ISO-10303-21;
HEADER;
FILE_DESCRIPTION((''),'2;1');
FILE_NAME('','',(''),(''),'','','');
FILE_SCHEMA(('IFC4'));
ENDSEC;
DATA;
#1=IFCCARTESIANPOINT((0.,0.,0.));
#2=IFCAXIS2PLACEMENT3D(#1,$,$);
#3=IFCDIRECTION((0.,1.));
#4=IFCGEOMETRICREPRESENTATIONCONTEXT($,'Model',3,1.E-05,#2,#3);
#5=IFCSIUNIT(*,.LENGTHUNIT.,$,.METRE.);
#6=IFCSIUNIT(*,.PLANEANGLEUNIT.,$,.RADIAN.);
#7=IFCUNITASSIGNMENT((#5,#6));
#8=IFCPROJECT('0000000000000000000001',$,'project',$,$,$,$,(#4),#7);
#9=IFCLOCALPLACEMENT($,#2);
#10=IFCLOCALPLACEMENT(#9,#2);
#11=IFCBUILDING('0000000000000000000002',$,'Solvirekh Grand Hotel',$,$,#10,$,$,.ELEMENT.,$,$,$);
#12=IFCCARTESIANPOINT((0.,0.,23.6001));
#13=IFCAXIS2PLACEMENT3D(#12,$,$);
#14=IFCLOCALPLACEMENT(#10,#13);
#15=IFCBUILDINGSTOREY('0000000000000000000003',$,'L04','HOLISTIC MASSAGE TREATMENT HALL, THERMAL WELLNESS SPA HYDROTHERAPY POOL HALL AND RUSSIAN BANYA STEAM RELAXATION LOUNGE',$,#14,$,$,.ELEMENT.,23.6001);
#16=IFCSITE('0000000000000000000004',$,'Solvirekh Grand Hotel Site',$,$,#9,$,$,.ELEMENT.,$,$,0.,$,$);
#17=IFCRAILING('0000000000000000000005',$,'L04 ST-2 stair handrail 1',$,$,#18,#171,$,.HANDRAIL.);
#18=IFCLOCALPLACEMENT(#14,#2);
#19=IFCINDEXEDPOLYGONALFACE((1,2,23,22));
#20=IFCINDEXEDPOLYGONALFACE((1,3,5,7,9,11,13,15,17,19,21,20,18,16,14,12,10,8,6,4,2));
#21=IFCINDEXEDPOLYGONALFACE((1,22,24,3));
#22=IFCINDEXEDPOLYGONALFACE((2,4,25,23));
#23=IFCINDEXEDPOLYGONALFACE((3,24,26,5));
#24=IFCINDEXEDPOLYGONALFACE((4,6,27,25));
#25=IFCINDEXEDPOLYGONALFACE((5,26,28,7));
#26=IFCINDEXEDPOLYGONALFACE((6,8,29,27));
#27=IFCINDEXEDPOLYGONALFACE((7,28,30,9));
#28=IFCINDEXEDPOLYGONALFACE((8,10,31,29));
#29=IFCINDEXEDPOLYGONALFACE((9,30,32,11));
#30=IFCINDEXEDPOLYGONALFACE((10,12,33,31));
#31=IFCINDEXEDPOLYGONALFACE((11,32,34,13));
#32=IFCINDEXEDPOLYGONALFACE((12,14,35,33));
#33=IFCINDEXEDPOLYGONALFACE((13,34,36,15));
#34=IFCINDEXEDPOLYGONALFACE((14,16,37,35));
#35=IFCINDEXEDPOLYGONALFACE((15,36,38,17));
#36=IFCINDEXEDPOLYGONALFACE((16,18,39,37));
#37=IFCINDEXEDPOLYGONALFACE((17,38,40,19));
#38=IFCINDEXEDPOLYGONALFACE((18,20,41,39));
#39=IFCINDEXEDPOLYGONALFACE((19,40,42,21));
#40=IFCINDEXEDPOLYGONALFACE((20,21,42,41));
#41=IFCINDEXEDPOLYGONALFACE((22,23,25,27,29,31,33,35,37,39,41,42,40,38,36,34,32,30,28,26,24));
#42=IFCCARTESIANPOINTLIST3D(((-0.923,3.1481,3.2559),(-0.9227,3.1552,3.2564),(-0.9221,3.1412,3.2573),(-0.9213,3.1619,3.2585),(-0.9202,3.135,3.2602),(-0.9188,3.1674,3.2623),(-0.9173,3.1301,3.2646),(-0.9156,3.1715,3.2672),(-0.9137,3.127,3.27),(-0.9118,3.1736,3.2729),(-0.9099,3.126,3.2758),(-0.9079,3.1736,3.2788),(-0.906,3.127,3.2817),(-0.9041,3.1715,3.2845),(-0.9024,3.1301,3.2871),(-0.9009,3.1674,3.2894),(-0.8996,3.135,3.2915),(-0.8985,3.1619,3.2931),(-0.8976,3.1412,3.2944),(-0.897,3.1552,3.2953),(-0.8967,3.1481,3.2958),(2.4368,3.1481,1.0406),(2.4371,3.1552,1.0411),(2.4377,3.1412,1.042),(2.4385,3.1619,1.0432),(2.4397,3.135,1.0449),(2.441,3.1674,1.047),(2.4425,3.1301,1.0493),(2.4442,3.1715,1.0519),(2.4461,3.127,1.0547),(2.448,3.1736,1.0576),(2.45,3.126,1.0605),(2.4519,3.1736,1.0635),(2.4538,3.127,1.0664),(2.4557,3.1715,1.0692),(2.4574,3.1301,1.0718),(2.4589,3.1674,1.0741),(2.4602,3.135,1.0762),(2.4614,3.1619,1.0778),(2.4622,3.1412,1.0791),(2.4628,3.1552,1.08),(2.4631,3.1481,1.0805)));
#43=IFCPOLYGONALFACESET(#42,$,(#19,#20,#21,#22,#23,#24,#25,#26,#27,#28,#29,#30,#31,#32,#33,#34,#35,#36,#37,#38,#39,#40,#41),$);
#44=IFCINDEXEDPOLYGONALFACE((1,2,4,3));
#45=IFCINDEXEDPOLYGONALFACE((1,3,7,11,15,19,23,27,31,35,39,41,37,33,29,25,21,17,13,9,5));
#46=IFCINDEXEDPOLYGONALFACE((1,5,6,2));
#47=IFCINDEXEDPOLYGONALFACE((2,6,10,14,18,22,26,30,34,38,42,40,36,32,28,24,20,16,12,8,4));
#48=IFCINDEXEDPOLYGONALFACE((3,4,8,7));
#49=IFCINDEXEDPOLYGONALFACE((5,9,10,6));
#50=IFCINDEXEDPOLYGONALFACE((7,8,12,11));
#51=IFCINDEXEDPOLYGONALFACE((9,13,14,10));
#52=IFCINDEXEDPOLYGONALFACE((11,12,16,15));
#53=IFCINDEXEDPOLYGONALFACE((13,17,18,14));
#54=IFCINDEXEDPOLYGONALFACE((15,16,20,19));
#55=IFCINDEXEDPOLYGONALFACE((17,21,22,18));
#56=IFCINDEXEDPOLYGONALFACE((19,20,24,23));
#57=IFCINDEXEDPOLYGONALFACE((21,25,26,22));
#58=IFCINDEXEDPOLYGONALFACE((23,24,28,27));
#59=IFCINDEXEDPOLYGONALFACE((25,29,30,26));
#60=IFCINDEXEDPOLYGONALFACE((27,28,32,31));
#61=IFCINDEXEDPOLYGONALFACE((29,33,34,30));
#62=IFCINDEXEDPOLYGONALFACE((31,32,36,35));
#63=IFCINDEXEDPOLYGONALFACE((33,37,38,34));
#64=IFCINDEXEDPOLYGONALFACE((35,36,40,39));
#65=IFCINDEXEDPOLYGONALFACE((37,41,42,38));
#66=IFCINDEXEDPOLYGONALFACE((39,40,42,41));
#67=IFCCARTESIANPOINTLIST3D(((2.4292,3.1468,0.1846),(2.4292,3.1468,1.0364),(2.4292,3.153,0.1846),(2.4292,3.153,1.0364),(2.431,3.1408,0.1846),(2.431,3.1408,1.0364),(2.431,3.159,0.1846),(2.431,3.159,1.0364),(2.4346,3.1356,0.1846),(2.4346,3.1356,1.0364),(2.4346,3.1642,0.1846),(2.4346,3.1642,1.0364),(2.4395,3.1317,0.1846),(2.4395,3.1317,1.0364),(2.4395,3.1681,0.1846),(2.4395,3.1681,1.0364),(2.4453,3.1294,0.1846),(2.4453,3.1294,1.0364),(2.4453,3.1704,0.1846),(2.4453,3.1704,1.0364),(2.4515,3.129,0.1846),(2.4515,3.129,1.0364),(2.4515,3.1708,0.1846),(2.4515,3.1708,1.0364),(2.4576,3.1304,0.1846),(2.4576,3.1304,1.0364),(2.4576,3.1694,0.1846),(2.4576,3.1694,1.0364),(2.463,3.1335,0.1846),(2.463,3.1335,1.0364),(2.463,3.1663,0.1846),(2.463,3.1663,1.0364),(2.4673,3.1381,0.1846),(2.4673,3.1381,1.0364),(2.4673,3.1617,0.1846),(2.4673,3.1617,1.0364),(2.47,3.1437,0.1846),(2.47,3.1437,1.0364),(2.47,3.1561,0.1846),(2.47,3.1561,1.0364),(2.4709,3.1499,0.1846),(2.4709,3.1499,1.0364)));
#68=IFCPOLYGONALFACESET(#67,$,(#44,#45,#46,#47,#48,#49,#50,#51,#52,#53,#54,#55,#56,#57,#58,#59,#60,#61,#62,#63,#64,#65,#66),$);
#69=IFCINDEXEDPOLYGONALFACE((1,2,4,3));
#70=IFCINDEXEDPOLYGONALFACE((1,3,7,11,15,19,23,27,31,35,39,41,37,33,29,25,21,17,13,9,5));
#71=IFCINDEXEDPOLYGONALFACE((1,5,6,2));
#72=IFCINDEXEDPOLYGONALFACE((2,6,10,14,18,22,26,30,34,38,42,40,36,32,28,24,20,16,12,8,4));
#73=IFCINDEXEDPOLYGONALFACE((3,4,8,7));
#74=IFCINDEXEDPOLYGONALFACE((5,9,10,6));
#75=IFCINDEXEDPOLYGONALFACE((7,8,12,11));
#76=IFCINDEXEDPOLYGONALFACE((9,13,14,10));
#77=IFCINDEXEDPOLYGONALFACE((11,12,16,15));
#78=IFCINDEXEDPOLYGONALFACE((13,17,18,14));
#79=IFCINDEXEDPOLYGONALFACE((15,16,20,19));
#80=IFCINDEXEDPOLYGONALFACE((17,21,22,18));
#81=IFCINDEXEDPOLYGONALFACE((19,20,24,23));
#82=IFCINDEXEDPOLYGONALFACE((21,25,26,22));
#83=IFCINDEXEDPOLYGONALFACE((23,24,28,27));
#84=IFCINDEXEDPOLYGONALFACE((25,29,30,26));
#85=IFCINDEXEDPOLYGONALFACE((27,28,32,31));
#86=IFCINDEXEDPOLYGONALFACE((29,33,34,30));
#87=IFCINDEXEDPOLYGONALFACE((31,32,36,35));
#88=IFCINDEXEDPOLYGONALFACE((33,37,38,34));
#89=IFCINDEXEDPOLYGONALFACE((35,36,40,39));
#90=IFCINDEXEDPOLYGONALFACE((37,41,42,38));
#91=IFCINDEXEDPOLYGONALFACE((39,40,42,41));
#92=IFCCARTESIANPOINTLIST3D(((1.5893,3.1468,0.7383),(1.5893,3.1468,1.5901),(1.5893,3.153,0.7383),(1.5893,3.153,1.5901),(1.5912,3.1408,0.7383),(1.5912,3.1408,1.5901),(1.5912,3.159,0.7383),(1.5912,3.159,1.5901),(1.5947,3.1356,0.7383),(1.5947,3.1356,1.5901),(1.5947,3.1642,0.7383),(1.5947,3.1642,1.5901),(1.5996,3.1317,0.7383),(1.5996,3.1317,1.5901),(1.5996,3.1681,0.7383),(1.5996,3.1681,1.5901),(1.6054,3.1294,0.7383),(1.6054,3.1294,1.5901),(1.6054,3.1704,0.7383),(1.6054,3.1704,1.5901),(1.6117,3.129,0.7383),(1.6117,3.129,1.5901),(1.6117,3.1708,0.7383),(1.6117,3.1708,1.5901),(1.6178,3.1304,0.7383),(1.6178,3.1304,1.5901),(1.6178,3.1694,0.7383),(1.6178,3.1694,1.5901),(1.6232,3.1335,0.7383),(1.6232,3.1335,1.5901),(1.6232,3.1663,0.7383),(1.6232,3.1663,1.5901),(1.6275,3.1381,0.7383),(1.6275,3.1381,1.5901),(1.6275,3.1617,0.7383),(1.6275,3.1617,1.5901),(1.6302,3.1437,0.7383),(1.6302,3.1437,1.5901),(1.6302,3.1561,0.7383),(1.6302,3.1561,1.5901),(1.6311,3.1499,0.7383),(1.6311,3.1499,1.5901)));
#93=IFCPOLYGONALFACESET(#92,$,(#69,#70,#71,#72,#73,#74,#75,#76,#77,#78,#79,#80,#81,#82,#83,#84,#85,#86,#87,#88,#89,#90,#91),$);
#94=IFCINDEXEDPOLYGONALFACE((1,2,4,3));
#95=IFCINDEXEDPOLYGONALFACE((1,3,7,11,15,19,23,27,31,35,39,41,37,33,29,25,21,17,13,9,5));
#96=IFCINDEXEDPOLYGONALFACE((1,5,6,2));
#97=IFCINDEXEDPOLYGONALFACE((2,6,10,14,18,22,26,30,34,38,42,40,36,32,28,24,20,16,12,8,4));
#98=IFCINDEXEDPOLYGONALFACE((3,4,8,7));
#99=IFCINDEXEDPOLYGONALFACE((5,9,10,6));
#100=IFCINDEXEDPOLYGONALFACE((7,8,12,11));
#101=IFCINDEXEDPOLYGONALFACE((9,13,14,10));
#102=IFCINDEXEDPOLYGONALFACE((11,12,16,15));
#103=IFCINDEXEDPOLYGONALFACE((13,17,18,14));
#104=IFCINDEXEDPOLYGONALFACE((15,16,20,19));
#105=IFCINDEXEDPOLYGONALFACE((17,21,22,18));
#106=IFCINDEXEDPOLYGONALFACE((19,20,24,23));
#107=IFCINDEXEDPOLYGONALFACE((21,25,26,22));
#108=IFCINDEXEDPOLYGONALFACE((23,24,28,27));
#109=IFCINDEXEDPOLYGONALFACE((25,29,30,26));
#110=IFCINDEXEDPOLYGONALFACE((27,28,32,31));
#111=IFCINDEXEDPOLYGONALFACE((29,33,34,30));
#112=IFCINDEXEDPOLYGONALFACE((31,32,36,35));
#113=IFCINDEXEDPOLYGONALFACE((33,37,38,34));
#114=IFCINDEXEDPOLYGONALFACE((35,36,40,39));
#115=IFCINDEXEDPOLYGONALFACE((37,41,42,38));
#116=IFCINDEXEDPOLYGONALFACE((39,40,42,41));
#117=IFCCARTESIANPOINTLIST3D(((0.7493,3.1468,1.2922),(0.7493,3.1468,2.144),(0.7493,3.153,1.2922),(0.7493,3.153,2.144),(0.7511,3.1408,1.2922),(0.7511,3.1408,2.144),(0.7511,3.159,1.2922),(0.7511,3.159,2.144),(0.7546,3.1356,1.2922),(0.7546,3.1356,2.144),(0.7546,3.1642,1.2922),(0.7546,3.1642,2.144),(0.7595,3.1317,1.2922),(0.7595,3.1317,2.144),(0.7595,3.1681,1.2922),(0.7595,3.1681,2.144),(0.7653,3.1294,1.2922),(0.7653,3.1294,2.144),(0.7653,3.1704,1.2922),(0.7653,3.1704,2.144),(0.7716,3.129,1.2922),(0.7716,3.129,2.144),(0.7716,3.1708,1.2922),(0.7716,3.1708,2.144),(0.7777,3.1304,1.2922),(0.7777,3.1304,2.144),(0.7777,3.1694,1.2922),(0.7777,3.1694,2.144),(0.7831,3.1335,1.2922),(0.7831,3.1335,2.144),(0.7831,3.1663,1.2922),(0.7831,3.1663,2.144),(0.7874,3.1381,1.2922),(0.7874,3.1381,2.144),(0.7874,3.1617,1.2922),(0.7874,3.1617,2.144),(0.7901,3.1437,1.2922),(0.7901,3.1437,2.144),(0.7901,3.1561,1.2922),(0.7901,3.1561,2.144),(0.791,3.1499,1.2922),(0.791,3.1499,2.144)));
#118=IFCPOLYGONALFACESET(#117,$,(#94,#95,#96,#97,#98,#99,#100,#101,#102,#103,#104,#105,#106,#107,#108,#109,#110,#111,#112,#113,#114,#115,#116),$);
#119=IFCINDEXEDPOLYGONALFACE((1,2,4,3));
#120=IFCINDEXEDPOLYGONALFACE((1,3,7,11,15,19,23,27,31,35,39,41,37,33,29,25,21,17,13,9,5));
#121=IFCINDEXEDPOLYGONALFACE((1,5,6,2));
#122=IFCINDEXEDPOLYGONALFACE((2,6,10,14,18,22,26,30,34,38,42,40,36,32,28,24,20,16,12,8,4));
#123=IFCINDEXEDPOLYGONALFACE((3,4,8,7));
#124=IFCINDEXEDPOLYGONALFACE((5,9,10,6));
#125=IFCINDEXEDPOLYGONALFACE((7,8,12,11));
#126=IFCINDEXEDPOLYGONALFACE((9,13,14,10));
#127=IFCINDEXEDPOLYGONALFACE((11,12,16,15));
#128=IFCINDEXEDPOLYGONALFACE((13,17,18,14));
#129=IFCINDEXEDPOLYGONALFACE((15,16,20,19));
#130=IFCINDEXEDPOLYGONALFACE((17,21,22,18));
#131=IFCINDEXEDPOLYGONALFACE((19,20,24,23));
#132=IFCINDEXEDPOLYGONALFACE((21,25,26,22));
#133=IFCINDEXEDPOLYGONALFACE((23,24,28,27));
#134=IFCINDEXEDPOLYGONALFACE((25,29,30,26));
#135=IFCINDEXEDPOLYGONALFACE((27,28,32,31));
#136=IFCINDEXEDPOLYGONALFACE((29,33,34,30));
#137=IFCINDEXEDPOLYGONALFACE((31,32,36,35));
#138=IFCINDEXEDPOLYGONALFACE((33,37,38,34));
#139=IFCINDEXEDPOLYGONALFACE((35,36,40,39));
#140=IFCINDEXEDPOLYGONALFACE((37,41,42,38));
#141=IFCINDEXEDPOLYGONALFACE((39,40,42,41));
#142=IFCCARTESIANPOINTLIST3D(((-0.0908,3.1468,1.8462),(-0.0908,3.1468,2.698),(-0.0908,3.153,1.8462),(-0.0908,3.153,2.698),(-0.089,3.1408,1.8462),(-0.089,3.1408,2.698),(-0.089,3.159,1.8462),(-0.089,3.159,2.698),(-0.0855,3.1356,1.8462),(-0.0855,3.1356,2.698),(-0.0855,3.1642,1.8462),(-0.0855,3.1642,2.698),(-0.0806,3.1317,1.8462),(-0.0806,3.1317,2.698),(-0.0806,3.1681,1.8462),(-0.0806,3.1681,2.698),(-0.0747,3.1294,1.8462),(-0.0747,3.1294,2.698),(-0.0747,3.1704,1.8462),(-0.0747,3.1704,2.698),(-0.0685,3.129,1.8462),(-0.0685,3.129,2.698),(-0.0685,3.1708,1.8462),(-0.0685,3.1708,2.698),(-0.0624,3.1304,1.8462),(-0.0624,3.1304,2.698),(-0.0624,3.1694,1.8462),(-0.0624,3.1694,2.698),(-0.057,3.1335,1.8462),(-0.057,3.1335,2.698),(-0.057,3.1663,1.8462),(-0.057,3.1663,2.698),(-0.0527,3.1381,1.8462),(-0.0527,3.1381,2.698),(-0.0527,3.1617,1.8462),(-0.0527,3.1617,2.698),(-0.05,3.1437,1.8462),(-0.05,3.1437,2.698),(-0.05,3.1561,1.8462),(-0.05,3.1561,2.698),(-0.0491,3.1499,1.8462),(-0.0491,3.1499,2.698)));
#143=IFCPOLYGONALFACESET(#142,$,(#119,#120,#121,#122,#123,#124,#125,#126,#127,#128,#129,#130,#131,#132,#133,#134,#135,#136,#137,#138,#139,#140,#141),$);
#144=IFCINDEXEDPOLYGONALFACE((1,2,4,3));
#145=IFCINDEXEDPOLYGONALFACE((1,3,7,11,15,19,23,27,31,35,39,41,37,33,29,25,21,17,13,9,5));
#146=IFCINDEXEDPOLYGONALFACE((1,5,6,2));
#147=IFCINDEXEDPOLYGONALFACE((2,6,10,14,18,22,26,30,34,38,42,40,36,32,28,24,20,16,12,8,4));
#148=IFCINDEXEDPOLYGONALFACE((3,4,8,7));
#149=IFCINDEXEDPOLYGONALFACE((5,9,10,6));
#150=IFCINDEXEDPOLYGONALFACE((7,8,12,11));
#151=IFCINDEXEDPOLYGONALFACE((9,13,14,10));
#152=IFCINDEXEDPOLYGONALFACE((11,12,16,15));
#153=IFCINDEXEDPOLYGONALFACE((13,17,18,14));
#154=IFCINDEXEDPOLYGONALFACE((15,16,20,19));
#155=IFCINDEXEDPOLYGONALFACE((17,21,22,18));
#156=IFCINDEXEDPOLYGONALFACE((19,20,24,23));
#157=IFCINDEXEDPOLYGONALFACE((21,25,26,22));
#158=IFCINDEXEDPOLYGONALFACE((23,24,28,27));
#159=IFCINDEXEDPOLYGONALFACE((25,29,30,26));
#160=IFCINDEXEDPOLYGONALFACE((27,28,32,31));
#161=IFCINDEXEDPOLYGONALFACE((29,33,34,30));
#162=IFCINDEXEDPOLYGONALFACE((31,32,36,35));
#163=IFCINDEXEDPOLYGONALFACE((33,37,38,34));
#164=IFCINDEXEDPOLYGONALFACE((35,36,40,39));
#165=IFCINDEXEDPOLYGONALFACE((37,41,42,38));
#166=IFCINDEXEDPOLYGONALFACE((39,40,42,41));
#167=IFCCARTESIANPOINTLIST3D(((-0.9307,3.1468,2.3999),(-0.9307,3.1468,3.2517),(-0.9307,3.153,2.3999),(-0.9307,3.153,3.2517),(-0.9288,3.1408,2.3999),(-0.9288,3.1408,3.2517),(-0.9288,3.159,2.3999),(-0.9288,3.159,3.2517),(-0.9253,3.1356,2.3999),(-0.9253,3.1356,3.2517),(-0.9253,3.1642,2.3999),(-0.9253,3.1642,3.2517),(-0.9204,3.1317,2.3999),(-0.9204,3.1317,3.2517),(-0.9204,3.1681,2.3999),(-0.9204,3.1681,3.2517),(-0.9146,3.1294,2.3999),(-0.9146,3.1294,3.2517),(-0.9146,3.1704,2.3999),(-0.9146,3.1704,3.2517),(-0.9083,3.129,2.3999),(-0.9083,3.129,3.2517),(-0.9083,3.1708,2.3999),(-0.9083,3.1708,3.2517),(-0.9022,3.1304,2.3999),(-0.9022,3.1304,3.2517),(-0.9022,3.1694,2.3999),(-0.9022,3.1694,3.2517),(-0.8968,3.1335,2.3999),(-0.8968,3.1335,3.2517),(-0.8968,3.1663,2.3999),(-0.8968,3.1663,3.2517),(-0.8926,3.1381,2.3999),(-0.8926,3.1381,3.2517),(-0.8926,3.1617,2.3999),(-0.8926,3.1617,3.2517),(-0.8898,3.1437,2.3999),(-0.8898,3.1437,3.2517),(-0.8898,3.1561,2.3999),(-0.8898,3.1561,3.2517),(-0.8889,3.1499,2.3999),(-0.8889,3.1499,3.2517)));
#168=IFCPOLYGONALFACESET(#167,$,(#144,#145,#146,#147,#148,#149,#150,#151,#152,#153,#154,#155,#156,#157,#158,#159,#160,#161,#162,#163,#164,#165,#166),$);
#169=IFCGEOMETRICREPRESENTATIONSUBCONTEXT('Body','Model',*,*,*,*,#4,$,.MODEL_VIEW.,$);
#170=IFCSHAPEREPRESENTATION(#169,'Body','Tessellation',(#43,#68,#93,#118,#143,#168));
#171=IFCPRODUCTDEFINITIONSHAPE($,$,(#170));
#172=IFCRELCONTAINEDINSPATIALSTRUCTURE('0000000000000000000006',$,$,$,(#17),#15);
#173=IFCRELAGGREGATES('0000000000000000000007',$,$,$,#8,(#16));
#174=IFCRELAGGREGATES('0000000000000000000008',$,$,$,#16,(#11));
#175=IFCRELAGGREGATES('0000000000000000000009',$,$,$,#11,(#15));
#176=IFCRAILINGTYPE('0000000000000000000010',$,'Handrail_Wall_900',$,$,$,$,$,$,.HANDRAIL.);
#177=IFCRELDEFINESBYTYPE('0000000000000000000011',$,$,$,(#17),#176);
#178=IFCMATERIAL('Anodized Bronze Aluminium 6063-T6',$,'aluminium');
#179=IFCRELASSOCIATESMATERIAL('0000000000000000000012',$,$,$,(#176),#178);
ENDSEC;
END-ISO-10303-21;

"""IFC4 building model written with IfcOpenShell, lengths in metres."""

from ifc_helpers import new_model, si_unit, direction, frame, origin, origin_2d, place, context, subcontext, project, spatial, circle, extrude, material, type_object, element, save


model = new_model("IFC4")

# Units and contexts
model_context = context("Model", 3, precision=1e-05, world=origin(), true_north=direction((0.0, 1.0)))
body_context = subcontext(model_context, "Body", "Model", "MODEL_VIEW")
ifc_project = project(units=[si_unit("LENGTHUNIT", "METRE"), si_unit("PLANEANGLEUNIT", "RADIAN")], contexts=[model_context])

# Site, building, storey
site_placement = place(None, origin())
site = spatial("IfcSite", under=ifc_project, at=site_placement, Name="Solvirekh Grand Hotel Site", CompositionType="ELEMENT", RefElevation=0.0)
building_placement = place(site_placement, origin())
building = spatial("IfcBuilding", under=site, at=building_placement, Name="Solvirekh Grand Hotel", CompositionType="ELEMENT")
storey_placement = place(building_placement, frame((0.0, 0.0, 23.6001)))
storey = spatial("IfcBuildingStorey", under=building, at=storey_placement, Name="L04", Description="HOLISTIC MASSAGE TREATMENT HALL, THERMAL WELLNESS SPA HYDROTHERAPY POOL HALL AND RUSSIAN BANYA STEAM RELAXATION LOUNGE", CompositionType="ELEMENT", Elevation=23.6001)

# Railing
ifc_material_1 = material(Name="Anodized Bronze Aluminium 6063-T6", Category="aluminium")
railing_type_1 = type_object("IfcRailingType", Name="Handrail_Wall_900", PredefinedType="HANDRAIL", material=ifc_material_1)
railing_1_placement = place(storey_placement, frame((2.45, 3.1499, 0.1846)))
element("IfcRailing", 1, at=railing_1_placement, inside=storey, type_object=railing_type_1, Name="L04 ST-2 stair handrail 1", PredefinedType="HANDRAIL", context=body_context, shape_type="SweptSolid", body=[
    extrude(circle(Radius=0.0239, at=origin_2d()), frame((0.0, 0.0, 0.876), z_axis=(-0.834858, 0.0, 0.550465), x_axis=(0.0, -1.0, 0.0)), (0.0, 0.0, 1.0), 4.0244),
    extrude(circle(Radius=0.021, at=origin_2d()), origin(), (0.0, 0.0, 1.0), 0.8518),
    extrude(circle(Radius=0.021, at=origin_2d()), frame((-0.8398, 0.0, 0.5537)), (0.0, 0.0, 1.0), 0.8518),
    extrude(circle(Radius=0.021, at=origin_2d()), frame((-1.6799, 0.0, 1.1077)), (0.0, 0.0, 1.0), 0.8518),
    extrude(circle(Radius=0.021, at=origin_2d()), frame((-2.52, 0.0, 1.6616)), (0.0, 0.0, 1.0), 0.8518),
    extrude(circle(Radius=0.021, at=origin_2d()), frame((-3.3599, 0.0, 2.2153)), (0.0, 0.0, 1.0), 0.8518),
])

save(model, "model.ifc")
